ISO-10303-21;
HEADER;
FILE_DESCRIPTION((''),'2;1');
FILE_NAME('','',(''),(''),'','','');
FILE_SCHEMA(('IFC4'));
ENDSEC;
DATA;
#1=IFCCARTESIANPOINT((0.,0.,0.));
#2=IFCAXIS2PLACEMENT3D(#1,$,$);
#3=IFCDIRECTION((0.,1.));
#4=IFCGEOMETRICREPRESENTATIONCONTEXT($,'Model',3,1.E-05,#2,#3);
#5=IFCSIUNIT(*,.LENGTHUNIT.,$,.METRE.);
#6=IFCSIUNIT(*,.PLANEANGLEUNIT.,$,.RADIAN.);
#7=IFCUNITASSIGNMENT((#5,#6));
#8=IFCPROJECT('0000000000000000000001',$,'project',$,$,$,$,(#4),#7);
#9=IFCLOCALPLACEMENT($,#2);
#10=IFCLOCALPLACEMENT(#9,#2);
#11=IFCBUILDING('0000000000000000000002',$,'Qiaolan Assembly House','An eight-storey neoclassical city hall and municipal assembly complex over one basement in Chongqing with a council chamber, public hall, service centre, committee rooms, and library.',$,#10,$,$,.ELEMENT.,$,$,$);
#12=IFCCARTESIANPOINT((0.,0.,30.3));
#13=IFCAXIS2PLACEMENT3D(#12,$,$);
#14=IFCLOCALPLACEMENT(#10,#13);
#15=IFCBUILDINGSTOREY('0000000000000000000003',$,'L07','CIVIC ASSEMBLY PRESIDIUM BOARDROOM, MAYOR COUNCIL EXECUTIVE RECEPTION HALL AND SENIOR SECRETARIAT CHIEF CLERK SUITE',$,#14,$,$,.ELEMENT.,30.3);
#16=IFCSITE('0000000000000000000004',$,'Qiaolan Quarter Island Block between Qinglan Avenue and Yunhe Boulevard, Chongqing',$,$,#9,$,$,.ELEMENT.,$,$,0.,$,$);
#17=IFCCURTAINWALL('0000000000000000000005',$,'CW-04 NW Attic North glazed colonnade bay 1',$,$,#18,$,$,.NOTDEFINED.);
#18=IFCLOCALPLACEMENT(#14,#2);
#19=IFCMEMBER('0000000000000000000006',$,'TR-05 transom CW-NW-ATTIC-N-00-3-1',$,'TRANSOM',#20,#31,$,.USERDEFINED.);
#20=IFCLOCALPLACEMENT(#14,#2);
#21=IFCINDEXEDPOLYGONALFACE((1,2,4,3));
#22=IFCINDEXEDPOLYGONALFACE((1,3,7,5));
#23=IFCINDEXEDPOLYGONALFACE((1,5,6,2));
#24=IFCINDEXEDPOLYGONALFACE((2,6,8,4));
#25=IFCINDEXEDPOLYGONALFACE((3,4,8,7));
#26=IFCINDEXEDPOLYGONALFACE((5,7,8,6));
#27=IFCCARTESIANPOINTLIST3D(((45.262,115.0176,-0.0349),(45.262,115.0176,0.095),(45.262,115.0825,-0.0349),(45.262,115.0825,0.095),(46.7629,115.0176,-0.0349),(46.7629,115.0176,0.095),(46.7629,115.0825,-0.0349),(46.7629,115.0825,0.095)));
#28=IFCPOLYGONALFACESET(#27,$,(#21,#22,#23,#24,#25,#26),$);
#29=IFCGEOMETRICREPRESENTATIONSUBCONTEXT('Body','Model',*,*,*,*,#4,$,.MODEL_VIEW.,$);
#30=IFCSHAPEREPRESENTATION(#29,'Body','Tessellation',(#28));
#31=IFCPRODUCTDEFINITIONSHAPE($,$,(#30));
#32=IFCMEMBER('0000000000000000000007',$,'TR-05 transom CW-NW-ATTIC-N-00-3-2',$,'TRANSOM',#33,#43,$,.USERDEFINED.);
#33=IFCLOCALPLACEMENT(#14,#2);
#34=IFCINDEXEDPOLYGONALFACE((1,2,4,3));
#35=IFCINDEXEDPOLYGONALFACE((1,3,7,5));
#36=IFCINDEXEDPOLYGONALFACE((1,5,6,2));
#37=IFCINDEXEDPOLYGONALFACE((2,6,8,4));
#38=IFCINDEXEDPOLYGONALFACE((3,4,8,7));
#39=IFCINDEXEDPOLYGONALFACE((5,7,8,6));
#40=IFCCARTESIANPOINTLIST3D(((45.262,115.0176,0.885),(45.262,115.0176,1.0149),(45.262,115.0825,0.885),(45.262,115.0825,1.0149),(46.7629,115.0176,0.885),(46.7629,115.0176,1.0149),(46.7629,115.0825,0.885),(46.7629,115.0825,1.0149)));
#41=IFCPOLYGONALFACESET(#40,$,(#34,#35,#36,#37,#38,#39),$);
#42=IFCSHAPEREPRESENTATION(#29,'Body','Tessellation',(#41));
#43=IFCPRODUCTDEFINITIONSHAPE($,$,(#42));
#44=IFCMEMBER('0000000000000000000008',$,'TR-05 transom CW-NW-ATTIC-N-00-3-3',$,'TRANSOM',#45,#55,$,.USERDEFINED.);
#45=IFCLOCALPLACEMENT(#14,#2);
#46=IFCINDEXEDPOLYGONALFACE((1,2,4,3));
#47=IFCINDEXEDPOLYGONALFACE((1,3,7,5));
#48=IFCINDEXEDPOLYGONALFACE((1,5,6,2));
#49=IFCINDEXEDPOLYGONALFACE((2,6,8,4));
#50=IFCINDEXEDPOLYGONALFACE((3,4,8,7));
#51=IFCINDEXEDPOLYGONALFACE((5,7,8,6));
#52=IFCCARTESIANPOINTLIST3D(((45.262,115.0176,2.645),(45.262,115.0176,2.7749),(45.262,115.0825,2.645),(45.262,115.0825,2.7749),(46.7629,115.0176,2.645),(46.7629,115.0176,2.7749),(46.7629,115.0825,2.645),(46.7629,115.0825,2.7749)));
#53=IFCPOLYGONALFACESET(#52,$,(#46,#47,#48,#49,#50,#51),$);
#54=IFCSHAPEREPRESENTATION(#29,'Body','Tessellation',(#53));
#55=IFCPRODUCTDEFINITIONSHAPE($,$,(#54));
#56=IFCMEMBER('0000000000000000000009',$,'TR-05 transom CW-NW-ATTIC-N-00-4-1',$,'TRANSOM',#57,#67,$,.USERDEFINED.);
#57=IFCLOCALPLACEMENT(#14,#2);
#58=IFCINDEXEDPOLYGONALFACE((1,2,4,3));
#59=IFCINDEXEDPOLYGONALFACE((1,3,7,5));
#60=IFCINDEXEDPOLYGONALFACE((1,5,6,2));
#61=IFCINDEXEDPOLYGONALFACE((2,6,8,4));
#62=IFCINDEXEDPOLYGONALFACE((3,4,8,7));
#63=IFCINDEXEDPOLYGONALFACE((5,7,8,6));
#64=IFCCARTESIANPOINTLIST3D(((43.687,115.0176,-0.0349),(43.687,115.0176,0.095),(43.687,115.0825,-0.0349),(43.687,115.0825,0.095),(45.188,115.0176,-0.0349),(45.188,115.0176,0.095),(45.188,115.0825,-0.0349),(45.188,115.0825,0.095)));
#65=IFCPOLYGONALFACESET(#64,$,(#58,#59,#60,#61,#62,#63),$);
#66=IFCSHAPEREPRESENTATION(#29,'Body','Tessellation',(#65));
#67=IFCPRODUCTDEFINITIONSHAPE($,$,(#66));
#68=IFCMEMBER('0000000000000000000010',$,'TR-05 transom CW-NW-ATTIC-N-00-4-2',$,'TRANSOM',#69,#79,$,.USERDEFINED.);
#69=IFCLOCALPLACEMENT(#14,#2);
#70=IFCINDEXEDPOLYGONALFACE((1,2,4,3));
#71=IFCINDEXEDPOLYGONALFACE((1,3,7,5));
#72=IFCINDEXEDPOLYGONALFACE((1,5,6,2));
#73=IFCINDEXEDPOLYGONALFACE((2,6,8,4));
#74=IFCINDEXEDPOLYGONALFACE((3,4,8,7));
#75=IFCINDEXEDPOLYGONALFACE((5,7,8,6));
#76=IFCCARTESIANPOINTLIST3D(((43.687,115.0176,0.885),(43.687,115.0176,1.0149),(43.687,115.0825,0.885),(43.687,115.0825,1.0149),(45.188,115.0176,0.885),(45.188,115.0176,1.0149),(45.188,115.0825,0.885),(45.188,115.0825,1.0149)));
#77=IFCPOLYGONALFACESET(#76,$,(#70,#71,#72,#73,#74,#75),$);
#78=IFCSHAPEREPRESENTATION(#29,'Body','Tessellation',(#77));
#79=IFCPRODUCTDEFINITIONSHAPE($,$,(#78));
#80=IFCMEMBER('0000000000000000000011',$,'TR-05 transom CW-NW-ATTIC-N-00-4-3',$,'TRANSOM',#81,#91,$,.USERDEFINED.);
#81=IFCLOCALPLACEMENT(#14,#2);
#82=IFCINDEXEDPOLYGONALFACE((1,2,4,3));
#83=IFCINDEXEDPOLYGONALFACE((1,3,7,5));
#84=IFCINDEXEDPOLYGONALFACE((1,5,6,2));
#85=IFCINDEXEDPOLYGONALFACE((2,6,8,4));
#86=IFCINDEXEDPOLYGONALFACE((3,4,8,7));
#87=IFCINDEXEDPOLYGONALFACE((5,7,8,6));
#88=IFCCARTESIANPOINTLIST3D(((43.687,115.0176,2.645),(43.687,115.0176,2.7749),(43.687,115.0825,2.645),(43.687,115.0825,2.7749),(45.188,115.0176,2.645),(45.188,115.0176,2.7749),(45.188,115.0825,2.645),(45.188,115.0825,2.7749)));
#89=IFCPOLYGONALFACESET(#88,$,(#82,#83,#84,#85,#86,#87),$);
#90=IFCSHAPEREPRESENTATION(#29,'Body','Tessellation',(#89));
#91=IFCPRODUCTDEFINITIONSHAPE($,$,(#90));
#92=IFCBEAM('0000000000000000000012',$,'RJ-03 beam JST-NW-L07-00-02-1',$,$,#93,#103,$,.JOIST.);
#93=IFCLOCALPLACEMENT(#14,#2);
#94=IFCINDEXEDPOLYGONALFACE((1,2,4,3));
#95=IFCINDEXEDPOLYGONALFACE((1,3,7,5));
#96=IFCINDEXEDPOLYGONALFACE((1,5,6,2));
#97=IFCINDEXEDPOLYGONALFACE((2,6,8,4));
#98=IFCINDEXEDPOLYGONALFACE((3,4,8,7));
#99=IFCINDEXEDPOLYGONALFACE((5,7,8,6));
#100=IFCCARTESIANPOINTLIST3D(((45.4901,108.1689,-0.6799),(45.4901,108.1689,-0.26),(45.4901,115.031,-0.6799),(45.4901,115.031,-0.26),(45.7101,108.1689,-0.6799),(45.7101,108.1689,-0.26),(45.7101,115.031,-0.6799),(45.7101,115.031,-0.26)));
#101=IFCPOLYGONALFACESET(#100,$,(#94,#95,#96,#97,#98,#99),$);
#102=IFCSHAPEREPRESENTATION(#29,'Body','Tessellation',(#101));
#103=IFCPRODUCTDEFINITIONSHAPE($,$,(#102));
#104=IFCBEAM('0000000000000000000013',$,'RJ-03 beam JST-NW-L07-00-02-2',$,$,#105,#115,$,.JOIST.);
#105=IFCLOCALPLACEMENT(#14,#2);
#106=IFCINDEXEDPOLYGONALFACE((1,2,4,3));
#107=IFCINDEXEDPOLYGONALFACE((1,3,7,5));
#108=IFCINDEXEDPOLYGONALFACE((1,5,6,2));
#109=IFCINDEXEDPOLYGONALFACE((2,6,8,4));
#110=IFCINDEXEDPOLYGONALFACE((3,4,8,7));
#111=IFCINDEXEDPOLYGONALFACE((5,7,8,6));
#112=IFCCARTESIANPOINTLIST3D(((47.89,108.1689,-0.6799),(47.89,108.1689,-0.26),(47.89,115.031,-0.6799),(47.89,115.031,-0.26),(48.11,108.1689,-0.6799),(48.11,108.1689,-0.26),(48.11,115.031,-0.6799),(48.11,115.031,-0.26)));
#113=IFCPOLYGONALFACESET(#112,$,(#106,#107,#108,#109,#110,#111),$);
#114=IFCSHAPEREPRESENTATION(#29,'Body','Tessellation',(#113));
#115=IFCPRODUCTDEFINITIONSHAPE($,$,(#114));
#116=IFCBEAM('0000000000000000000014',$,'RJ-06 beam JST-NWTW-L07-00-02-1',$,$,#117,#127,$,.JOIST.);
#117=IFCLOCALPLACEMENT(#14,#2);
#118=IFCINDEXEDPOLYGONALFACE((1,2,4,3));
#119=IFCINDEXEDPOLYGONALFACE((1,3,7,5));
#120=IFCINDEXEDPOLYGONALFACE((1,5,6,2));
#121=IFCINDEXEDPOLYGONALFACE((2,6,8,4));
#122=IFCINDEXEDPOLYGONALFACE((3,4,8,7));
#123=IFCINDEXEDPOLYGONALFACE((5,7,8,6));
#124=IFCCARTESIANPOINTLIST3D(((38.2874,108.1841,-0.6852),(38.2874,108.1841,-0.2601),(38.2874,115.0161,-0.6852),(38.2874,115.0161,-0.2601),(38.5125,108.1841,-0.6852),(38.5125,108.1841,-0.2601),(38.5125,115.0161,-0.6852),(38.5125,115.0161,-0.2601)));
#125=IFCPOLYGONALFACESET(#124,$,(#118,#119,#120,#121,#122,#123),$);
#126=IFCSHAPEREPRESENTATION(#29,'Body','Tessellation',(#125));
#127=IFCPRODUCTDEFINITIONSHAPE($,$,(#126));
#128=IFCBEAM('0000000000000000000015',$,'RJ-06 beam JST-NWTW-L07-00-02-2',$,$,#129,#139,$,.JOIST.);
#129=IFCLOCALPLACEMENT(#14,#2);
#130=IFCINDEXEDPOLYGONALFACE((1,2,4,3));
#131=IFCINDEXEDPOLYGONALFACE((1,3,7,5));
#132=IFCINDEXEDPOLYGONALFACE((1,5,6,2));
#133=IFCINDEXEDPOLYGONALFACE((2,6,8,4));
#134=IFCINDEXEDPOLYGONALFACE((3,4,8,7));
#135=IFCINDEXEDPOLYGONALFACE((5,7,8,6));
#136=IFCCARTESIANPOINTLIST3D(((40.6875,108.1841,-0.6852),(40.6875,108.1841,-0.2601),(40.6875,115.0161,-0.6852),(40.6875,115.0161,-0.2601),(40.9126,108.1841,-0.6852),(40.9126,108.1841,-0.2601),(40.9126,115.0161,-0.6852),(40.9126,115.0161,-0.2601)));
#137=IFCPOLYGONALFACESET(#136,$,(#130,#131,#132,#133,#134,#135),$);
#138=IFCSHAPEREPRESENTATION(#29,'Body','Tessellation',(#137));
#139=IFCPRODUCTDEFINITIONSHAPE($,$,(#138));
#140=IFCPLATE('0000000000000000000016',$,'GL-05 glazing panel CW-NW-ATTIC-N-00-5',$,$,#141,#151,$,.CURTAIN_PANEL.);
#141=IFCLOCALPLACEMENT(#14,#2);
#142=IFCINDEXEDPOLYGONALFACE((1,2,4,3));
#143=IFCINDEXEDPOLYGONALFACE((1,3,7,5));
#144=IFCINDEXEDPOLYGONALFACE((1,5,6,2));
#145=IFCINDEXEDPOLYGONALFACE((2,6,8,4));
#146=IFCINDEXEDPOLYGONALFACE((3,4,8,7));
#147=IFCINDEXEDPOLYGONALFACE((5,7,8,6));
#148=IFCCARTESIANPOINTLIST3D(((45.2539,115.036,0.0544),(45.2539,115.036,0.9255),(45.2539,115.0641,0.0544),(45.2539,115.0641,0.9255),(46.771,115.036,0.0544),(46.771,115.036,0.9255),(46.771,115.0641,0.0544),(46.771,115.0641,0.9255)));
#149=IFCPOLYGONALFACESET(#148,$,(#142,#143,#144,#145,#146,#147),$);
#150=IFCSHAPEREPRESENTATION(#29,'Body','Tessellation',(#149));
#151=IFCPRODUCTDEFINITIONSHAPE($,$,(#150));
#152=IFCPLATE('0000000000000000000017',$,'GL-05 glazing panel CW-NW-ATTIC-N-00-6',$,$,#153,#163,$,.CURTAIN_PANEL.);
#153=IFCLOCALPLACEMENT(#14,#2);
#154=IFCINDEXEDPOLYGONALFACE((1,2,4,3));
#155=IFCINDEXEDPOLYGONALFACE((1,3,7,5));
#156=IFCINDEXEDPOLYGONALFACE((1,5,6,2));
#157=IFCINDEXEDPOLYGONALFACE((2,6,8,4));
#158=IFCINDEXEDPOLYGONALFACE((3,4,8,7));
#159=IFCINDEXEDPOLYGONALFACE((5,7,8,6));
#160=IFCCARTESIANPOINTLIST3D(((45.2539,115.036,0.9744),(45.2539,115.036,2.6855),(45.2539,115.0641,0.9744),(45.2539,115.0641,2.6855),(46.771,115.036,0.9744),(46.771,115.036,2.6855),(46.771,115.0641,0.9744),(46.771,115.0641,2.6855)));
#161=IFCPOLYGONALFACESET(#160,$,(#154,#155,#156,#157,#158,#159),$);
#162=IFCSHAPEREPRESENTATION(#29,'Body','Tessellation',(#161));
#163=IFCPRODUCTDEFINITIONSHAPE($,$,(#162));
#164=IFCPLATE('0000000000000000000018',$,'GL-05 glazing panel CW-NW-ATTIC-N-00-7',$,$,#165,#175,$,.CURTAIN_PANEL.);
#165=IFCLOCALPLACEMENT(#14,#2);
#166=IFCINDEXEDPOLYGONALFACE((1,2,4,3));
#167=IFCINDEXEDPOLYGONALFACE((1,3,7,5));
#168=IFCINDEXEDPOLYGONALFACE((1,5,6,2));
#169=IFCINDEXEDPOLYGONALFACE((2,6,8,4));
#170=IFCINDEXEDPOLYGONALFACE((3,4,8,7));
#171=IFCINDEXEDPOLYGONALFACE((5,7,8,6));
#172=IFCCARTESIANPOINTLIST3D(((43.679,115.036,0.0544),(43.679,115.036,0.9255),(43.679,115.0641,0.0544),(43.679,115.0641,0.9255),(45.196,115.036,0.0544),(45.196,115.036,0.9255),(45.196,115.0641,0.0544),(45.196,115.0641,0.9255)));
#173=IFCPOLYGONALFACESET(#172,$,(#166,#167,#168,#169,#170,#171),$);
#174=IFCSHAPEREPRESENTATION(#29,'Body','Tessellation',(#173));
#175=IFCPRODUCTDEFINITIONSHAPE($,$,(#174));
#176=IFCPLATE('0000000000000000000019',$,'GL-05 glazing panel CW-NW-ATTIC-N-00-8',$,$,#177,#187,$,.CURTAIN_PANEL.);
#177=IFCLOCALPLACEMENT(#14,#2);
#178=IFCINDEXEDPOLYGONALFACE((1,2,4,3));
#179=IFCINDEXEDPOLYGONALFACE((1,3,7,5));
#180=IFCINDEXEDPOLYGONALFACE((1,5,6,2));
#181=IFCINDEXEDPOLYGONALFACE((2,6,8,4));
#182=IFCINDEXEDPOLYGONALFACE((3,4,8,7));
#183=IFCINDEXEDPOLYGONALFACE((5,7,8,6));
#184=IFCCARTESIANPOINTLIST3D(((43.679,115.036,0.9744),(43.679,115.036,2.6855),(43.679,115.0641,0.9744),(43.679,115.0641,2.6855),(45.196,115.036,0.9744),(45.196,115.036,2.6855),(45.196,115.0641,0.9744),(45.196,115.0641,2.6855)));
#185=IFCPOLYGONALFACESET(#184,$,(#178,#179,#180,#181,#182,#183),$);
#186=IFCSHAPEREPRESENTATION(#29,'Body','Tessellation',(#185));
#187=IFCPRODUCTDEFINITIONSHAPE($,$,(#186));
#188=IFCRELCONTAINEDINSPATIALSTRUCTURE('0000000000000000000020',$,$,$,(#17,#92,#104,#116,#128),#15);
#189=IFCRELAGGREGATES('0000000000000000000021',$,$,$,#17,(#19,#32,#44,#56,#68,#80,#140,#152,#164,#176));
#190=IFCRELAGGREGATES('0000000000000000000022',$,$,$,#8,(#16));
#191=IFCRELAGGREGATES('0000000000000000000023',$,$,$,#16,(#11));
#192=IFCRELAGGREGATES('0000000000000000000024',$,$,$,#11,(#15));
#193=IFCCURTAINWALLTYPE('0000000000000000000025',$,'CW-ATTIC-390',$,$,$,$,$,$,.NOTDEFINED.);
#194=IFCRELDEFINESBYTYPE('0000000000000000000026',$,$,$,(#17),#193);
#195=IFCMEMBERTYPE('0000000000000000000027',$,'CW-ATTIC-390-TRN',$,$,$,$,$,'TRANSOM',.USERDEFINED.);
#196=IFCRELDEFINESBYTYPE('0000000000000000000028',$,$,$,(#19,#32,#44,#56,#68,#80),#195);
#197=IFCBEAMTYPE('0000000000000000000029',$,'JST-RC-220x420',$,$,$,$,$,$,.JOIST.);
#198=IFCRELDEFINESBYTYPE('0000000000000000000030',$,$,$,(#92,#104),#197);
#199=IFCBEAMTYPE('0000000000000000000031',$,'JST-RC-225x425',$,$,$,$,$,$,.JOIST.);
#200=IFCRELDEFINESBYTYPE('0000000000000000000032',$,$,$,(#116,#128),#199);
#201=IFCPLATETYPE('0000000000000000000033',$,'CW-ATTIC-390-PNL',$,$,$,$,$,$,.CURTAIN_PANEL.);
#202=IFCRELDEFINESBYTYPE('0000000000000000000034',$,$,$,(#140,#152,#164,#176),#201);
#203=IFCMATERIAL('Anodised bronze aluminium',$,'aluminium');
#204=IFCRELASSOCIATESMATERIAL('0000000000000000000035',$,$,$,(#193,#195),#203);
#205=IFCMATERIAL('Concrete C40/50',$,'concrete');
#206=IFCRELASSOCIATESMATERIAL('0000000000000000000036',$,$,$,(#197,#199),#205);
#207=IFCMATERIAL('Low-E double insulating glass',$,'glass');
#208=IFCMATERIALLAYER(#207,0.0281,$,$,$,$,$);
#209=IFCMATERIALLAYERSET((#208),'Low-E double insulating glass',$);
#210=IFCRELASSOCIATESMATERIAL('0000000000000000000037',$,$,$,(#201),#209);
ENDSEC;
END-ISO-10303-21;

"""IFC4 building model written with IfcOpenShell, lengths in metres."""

from ifc_helpers import new_model, si_unit, direction, frame, frame_2d, origin, origin_2d, place, context, subcontext, project, spatial, rectangle, extrude, material, layer, layer_set, material_profile, profile_set, type_object, element, aggregate, save


model = new_model("IFC4")

# Units and contexts
model_context = context("Model", 3, precision=1e-05, world=origin(), true_north=direction((0.0, 1.0)))
body_context = subcontext(model_context, "Body", "Model", "MODEL_VIEW")
ifc_project = project(units=[si_unit("LENGTHUNIT", "METRE"), si_unit("PLANEANGLEUNIT", "RADIAN")], contexts=[model_context])

# Site, building, storey
site_placement = place(None, origin())
site = spatial("IfcSite", under=ifc_project, at=site_placement, Name="Qiaolan Quarter Island Block between Qinglan Avenue and Yunhe Boulevard, Chongqing", CompositionType="ELEMENT", RefElevation=0.0)
building_placement = place(site_placement, origin())
building = spatial("IfcBuilding", under=site, at=building_placement, Name="Qiaolan Assembly House", Description="An eight-storey neoclassical city hall and municipal assembly complex over one basement in Chongqing with a council chamber, public hall, service centre, committee rooms, and library.", CompositionType="ELEMENT")
storey_placement = place(building_placement, frame((0.0, 0.0, 30.3)))
storey = spatial("IfcBuildingStorey", under=building, at=storey_placement, Name="L07", Description="CIVIC ASSEMBLY PRESIDIUM BOARDROOM, MAYOR COUNCIL EXECUTIVE RECEPTION HALL AND SENIOR SECRETARIAT CHIEF CLERK SUITE", CompositionType="ELEMENT", Elevation=30.3)

# Shared definitions
ifc_material_1 = material(Name="Concrete C40/50", Category="concrete")

# Curtain wall, members
ifc_material_2 = material(Name="Anodised bronze aluminium", Category="aluminium")
curtain_wall_type = type_object("IfcCurtainWallType", Name="CW-ATTIC-390", PredefinedType="NOTDEFINED", material=ifc_material_2)
curtain_wall_placement = place(storey_placement, origin())
curtain_wall = element("IfcCurtainWall", 1, at=curtain_wall_placement, inside=storey, type_object=curtain_wall_type, Name="CW-04 NW Attic North glazed colonnade bay 1", PredefinedType="NOTDEFINED")
ifc_material_profile_1 = material_profile(ifc_material_2, rectangle(XDim=0.0649, YDim=0.1299, at=origin_2d()), Name="TRN 65x130")
ifc_profile_set_1 = profile_set([ifc_material_profile_1], Name="Anodised bronze aluminium")
member_type_1 = type_object("IfcMemberType", Name="CW-ATTIC-390-TRN", ElementType="TRANSOM", PredefinedType="USERDEFINED", material=ifc_profile_set_1)
member_1_placement = place(storey_placement, frame((46.7629, 115.05, 0.03), z_axis=(-1.0, 0.0, 0.0), x_axis=(0.0, -1.0, 0.0)))
member_1 = element("IfcMember", 2, at=member_1_placement, type_object=member_type_1, Name="TR-05 transom CW-NW-ATTIC-N-00-3-1", ObjectType="TRANSOM", PredefinedType="USERDEFINED", context=body_context, shape_type="SweptSolid", body=[
    extrude(rectangle(XDim=0.0649, YDim=0.1299, at=origin_2d()), origin(), (0.0, 0.0, 1.0), 1.501),
])
member_2_placement = place(storey_placement, frame((46.7629, 115.05, 0.95), z_axis=(-1.0, 0.0, 0.0), x_axis=(0.0, -1.0, 0.0)))
member_2 = element("IfcMember", 3, at=member_2_placement, type_object=member_type_1, Name="TR-05 transom CW-NW-ATTIC-N-00-3-2", ObjectType="TRANSOM", PredefinedType="USERDEFINED", context=body_context, shape_type="SweptSolid", body=[
    extrude(rectangle(XDim=0.0649, YDim=0.1299, at=origin_2d()), origin(), (0.0, 0.0, 1.0), 1.501),
])
member_3_placement = place(storey_placement, frame((46.7629, 115.05, 2.71), z_axis=(-1.0, 0.0, 0.0), x_axis=(0.0, -1.0, 0.0)))
member_3 = element("IfcMember", 4, at=member_3_placement, type_object=member_type_1, Name="TR-05 transom CW-NW-ATTIC-N-00-3-3", ObjectType="TRANSOM", PredefinedType="USERDEFINED", context=body_context, shape_type="SweptSolid", body=[
    extrude(rectangle(XDim=0.0649, YDim=0.1299, at=origin_2d()), origin(), (0.0, 0.0, 1.0), 1.501),
])
member_4_placement = place(storey_placement, frame((45.188, 115.05, 0.03), z_axis=(-1.0, 0.0, 0.0), x_axis=(0.0, -1.0, 0.0)))
member_4 = element("IfcMember", 5, at=member_4_placement, type_object=member_type_1, Name="TR-05 transom CW-NW-ATTIC-N-00-4-1", ObjectType="TRANSOM", PredefinedType="USERDEFINED", context=body_context, shape_type="SweptSolid", body=[
    extrude(rectangle(XDim=0.0649, YDim=0.1299, at=origin_2d()), origin(), (0.0, 0.0, 1.0), 1.501),
])
member_5_placement = place(storey_placement, frame((45.188, 115.05, 0.95), z_axis=(-1.0, 0.0, 0.0), x_axis=(0.0, -1.0, 0.0)))
member_5 = element("IfcMember", 6, at=member_5_placement, type_object=member_type_1, Name="TR-05 transom CW-NW-ATTIC-N-00-4-2", ObjectType="TRANSOM", PredefinedType="USERDEFINED", context=body_context, shape_type="SweptSolid", body=[
    extrude(rectangle(XDim=0.0649, YDim=0.1299, at=origin_2d()), origin(), (0.0, 0.0, 1.0), 1.501),
])
member_6_placement = place(storey_placement, frame((45.188, 115.05, 2.71), z_axis=(-1.0, 0.0, 0.0), x_axis=(0.0, -1.0, 0.0)))
member_6 = element("IfcMember", 7, at=member_6_placement, type_object=member_type_1, Name="TR-05 transom CW-NW-ATTIC-N-00-4-3", ObjectType="TRANSOM", PredefinedType="USERDEFINED", context=body_context, shape_type="SweptSolid", body=[
    extrude(rectangle(XDim=0.0649, YDim=0.1299, at=origin_2d()), origin(), (0.0, 0.0, 1.0), 1.501),
])

# Beams
ifc_material_profile_2 = material_profile(ifc_material_1, rectangle(XDim=0.22, YDim=0.4199, at=origin_2d()), Name="RCB 220x420")
ifc_profile_set_2 = profile_set([ifc_material_profile_2], Name="Concrete C40/50")
beam_type_1 = type_object("IfcBeamType", Name="JST-RC-220x420", PredefinedType="JOIST", material=ifc_profile_set_2)
for number, where, z_axis, x_axis, name in (
    (8, (45.6001, 108.1689, -0.47), (0.0, 1.0, 0.0), (-1.0, 0.0, 0.0), "RJ-03 beam JST-NW-L07-00-02-1"),
    (9, (48.0, 108.1689, -0.47), (0.0, 1.0, 0.0), (-1.0, 0.0, 0.0), "RJ-03 beam JST-NW-L07-00-02-2"),
):
    element("IfcBeam", number, at=place(storey_placement, frame(where, z_axis=z_axis, x_axis=x_axis)), inside=storey, type_object=beam_type_1, Name=name, PredefinedType="JOIST", context=body_context, shape_type="SweptSolid", body=[
        extrude(rectangle(XDim=0.22, YDim=0.4199, at=origin_2d()), origin(), (0.0, 0.0, 1.0), 6.8621),
    ])
ifc_material_profile_3 = material_profile(ifc_material_1, rectangle(XDim=0.2251, YDim=0.425, at=origin_2d()), Name="RCB 225x425")
ifc_profile_set_3 = profile_set([ifc_material_profile_3], Name="Concrete C40/50")
beam_type_2 = type_object("IfcBeamType", Name="JST-RC-225x425", PredefinedType="JOIST", material=ifc_profile_set_3)
for number, where, z_axis, x_axis, name in (
    (10, (38.3999, 108.1841, -0.4727), (0.0, 1.0, 0.0), (-1.0, 0.0, 0.0), "RJ-06 beam JST-NWTW-L07-00-02-1"),
    (11, (40.8, 108.1841, -0.4727), (0.0, 1.0, 0.0), (-1.0, 0.0, 0.0), "RJ-06 beam JST-NWTW-L07-00-02-2"),
):
    element("IfcBeam", number, at=place(storey_placement, frame(where, z_axis=z_axis, x_axis=x_axis)), inside=storey, type_object=beam_type_2, Name=name, PredefinedType="JOIST", context=body_context, shape_type="SweptSolid", body=[
        extrude(rectangle(XDim=0.2251, YDim=0.425, at=origin_2d()), origin(), (0.0, 0.0, 1.0), 6.832),
    ])

# Plates
ifc_material_3 = material(Name="Low-E double insulating glass", Category="glass")
ifc_layer_1 = layer(ifc_material_3, 0.0281)
ifc_layer_set_1 = layer_set([ifc_layer_1], Name="Low-E double insulating glass")
plate_type = type_object("IfcPlateType", Name="CW-ATTIC-390-PNL", PredefinedType="CURTAIN_PANEL", material=ifc_layer_set_1)
plate_1_placement = place(storey_placement, frame((46.771, 115.05, 0.0544), z_axis=(0.0, 0.0, 1.0), x_axis=(-1.0, 0.0, 0.0)))
plate_1 = element("IfcPlate", 12, at=plate_1_placement, type_object=plate_type, Name="GL-05 glazing panel CW-NW-ATTIC-N-00-5", PredefinedType="CURTAIN_PANEL", context=body_context, shape_type="SweptSolid", body=[
    extrude(rectangle(XDim=1.5171, YDim=0.0281, at=frame_2d((0.7585, 0.0))), origin(), (0.0, 0.0, 1.0), 0.8711),
])
plate_2_placement = place(storey_placement, frame((46.771, 115.05, 0.9744), z_axis=(0.0, 0.0, 1.0), x_axis=(-1.0, 0.0, 0.0)))
plate_2 = element("IfcPlate", 13, at=plate_2_placement, type_object=plate_type, Name="GL-05 glazing panel CW-NW-ATTIC-N-00-6", PredefinedType="CURTAIN_PANEL", context=body_context, shape_type="SweptSolid", body=[
    extrude(rectangle(XDim=1.5171, YDim=0.0281, at=frame_2d((0.7585, 0.0))), origin(), (0.0, 0.0, 1.0), 1.7112),
])
plate_3_placement = place(storey_placement, frame((45.196, 115.05, 0.0544), z_axis=(0.0, 0.0, 1.0), x_axis=(-1.0, 0.0, 0.0)))
plate_3 = element("IfcPlate", 14, at=plate_3_placement, type_object=plate_type, Name="GL-05 glazing panel CW-NW-ATTIC-N-00-7", PredefinedType="CURTAIN_PANEL", context=body_context, shape_type="SweptSolid", body=[
    extrude(rectangle(XDim=1.5171, YDim=0.0281, at=frame_2d((0.7585, 0.0))), origin(), (0.0, 0.0, 1.0), 0.8711),
])
plate_4_placement = place(storey_placement, frame((45.196, 115.05, 0.9744), z_axis=(0.0, 0.0, 1.0), x_axis=(-1.0, 0.0, 0.0)))
plate_4 = element("IfcPlate", 15, at=plate_4_placement, type_object=plate_type, Name="GL-05 glazing panel CW-NW-ATTIC-N-00-8", PredefinedType="CURTAIN_PANEL", context=body_context, shape_type="SweptSolid", body=[
    extrude(rectangle(XDim=1.5171, YDim=0.0281, at=frame_2d((0.7585, 0.0))), origin(), (0.0, 0.0, 1.0), 1.7112),
])
aggregate(curtain_wall, [member_1, member_2, member_3, member_4, member_5, member_6, plate_1, plate_2, plate_3, plate_4])

save(model, "model.ifc")
